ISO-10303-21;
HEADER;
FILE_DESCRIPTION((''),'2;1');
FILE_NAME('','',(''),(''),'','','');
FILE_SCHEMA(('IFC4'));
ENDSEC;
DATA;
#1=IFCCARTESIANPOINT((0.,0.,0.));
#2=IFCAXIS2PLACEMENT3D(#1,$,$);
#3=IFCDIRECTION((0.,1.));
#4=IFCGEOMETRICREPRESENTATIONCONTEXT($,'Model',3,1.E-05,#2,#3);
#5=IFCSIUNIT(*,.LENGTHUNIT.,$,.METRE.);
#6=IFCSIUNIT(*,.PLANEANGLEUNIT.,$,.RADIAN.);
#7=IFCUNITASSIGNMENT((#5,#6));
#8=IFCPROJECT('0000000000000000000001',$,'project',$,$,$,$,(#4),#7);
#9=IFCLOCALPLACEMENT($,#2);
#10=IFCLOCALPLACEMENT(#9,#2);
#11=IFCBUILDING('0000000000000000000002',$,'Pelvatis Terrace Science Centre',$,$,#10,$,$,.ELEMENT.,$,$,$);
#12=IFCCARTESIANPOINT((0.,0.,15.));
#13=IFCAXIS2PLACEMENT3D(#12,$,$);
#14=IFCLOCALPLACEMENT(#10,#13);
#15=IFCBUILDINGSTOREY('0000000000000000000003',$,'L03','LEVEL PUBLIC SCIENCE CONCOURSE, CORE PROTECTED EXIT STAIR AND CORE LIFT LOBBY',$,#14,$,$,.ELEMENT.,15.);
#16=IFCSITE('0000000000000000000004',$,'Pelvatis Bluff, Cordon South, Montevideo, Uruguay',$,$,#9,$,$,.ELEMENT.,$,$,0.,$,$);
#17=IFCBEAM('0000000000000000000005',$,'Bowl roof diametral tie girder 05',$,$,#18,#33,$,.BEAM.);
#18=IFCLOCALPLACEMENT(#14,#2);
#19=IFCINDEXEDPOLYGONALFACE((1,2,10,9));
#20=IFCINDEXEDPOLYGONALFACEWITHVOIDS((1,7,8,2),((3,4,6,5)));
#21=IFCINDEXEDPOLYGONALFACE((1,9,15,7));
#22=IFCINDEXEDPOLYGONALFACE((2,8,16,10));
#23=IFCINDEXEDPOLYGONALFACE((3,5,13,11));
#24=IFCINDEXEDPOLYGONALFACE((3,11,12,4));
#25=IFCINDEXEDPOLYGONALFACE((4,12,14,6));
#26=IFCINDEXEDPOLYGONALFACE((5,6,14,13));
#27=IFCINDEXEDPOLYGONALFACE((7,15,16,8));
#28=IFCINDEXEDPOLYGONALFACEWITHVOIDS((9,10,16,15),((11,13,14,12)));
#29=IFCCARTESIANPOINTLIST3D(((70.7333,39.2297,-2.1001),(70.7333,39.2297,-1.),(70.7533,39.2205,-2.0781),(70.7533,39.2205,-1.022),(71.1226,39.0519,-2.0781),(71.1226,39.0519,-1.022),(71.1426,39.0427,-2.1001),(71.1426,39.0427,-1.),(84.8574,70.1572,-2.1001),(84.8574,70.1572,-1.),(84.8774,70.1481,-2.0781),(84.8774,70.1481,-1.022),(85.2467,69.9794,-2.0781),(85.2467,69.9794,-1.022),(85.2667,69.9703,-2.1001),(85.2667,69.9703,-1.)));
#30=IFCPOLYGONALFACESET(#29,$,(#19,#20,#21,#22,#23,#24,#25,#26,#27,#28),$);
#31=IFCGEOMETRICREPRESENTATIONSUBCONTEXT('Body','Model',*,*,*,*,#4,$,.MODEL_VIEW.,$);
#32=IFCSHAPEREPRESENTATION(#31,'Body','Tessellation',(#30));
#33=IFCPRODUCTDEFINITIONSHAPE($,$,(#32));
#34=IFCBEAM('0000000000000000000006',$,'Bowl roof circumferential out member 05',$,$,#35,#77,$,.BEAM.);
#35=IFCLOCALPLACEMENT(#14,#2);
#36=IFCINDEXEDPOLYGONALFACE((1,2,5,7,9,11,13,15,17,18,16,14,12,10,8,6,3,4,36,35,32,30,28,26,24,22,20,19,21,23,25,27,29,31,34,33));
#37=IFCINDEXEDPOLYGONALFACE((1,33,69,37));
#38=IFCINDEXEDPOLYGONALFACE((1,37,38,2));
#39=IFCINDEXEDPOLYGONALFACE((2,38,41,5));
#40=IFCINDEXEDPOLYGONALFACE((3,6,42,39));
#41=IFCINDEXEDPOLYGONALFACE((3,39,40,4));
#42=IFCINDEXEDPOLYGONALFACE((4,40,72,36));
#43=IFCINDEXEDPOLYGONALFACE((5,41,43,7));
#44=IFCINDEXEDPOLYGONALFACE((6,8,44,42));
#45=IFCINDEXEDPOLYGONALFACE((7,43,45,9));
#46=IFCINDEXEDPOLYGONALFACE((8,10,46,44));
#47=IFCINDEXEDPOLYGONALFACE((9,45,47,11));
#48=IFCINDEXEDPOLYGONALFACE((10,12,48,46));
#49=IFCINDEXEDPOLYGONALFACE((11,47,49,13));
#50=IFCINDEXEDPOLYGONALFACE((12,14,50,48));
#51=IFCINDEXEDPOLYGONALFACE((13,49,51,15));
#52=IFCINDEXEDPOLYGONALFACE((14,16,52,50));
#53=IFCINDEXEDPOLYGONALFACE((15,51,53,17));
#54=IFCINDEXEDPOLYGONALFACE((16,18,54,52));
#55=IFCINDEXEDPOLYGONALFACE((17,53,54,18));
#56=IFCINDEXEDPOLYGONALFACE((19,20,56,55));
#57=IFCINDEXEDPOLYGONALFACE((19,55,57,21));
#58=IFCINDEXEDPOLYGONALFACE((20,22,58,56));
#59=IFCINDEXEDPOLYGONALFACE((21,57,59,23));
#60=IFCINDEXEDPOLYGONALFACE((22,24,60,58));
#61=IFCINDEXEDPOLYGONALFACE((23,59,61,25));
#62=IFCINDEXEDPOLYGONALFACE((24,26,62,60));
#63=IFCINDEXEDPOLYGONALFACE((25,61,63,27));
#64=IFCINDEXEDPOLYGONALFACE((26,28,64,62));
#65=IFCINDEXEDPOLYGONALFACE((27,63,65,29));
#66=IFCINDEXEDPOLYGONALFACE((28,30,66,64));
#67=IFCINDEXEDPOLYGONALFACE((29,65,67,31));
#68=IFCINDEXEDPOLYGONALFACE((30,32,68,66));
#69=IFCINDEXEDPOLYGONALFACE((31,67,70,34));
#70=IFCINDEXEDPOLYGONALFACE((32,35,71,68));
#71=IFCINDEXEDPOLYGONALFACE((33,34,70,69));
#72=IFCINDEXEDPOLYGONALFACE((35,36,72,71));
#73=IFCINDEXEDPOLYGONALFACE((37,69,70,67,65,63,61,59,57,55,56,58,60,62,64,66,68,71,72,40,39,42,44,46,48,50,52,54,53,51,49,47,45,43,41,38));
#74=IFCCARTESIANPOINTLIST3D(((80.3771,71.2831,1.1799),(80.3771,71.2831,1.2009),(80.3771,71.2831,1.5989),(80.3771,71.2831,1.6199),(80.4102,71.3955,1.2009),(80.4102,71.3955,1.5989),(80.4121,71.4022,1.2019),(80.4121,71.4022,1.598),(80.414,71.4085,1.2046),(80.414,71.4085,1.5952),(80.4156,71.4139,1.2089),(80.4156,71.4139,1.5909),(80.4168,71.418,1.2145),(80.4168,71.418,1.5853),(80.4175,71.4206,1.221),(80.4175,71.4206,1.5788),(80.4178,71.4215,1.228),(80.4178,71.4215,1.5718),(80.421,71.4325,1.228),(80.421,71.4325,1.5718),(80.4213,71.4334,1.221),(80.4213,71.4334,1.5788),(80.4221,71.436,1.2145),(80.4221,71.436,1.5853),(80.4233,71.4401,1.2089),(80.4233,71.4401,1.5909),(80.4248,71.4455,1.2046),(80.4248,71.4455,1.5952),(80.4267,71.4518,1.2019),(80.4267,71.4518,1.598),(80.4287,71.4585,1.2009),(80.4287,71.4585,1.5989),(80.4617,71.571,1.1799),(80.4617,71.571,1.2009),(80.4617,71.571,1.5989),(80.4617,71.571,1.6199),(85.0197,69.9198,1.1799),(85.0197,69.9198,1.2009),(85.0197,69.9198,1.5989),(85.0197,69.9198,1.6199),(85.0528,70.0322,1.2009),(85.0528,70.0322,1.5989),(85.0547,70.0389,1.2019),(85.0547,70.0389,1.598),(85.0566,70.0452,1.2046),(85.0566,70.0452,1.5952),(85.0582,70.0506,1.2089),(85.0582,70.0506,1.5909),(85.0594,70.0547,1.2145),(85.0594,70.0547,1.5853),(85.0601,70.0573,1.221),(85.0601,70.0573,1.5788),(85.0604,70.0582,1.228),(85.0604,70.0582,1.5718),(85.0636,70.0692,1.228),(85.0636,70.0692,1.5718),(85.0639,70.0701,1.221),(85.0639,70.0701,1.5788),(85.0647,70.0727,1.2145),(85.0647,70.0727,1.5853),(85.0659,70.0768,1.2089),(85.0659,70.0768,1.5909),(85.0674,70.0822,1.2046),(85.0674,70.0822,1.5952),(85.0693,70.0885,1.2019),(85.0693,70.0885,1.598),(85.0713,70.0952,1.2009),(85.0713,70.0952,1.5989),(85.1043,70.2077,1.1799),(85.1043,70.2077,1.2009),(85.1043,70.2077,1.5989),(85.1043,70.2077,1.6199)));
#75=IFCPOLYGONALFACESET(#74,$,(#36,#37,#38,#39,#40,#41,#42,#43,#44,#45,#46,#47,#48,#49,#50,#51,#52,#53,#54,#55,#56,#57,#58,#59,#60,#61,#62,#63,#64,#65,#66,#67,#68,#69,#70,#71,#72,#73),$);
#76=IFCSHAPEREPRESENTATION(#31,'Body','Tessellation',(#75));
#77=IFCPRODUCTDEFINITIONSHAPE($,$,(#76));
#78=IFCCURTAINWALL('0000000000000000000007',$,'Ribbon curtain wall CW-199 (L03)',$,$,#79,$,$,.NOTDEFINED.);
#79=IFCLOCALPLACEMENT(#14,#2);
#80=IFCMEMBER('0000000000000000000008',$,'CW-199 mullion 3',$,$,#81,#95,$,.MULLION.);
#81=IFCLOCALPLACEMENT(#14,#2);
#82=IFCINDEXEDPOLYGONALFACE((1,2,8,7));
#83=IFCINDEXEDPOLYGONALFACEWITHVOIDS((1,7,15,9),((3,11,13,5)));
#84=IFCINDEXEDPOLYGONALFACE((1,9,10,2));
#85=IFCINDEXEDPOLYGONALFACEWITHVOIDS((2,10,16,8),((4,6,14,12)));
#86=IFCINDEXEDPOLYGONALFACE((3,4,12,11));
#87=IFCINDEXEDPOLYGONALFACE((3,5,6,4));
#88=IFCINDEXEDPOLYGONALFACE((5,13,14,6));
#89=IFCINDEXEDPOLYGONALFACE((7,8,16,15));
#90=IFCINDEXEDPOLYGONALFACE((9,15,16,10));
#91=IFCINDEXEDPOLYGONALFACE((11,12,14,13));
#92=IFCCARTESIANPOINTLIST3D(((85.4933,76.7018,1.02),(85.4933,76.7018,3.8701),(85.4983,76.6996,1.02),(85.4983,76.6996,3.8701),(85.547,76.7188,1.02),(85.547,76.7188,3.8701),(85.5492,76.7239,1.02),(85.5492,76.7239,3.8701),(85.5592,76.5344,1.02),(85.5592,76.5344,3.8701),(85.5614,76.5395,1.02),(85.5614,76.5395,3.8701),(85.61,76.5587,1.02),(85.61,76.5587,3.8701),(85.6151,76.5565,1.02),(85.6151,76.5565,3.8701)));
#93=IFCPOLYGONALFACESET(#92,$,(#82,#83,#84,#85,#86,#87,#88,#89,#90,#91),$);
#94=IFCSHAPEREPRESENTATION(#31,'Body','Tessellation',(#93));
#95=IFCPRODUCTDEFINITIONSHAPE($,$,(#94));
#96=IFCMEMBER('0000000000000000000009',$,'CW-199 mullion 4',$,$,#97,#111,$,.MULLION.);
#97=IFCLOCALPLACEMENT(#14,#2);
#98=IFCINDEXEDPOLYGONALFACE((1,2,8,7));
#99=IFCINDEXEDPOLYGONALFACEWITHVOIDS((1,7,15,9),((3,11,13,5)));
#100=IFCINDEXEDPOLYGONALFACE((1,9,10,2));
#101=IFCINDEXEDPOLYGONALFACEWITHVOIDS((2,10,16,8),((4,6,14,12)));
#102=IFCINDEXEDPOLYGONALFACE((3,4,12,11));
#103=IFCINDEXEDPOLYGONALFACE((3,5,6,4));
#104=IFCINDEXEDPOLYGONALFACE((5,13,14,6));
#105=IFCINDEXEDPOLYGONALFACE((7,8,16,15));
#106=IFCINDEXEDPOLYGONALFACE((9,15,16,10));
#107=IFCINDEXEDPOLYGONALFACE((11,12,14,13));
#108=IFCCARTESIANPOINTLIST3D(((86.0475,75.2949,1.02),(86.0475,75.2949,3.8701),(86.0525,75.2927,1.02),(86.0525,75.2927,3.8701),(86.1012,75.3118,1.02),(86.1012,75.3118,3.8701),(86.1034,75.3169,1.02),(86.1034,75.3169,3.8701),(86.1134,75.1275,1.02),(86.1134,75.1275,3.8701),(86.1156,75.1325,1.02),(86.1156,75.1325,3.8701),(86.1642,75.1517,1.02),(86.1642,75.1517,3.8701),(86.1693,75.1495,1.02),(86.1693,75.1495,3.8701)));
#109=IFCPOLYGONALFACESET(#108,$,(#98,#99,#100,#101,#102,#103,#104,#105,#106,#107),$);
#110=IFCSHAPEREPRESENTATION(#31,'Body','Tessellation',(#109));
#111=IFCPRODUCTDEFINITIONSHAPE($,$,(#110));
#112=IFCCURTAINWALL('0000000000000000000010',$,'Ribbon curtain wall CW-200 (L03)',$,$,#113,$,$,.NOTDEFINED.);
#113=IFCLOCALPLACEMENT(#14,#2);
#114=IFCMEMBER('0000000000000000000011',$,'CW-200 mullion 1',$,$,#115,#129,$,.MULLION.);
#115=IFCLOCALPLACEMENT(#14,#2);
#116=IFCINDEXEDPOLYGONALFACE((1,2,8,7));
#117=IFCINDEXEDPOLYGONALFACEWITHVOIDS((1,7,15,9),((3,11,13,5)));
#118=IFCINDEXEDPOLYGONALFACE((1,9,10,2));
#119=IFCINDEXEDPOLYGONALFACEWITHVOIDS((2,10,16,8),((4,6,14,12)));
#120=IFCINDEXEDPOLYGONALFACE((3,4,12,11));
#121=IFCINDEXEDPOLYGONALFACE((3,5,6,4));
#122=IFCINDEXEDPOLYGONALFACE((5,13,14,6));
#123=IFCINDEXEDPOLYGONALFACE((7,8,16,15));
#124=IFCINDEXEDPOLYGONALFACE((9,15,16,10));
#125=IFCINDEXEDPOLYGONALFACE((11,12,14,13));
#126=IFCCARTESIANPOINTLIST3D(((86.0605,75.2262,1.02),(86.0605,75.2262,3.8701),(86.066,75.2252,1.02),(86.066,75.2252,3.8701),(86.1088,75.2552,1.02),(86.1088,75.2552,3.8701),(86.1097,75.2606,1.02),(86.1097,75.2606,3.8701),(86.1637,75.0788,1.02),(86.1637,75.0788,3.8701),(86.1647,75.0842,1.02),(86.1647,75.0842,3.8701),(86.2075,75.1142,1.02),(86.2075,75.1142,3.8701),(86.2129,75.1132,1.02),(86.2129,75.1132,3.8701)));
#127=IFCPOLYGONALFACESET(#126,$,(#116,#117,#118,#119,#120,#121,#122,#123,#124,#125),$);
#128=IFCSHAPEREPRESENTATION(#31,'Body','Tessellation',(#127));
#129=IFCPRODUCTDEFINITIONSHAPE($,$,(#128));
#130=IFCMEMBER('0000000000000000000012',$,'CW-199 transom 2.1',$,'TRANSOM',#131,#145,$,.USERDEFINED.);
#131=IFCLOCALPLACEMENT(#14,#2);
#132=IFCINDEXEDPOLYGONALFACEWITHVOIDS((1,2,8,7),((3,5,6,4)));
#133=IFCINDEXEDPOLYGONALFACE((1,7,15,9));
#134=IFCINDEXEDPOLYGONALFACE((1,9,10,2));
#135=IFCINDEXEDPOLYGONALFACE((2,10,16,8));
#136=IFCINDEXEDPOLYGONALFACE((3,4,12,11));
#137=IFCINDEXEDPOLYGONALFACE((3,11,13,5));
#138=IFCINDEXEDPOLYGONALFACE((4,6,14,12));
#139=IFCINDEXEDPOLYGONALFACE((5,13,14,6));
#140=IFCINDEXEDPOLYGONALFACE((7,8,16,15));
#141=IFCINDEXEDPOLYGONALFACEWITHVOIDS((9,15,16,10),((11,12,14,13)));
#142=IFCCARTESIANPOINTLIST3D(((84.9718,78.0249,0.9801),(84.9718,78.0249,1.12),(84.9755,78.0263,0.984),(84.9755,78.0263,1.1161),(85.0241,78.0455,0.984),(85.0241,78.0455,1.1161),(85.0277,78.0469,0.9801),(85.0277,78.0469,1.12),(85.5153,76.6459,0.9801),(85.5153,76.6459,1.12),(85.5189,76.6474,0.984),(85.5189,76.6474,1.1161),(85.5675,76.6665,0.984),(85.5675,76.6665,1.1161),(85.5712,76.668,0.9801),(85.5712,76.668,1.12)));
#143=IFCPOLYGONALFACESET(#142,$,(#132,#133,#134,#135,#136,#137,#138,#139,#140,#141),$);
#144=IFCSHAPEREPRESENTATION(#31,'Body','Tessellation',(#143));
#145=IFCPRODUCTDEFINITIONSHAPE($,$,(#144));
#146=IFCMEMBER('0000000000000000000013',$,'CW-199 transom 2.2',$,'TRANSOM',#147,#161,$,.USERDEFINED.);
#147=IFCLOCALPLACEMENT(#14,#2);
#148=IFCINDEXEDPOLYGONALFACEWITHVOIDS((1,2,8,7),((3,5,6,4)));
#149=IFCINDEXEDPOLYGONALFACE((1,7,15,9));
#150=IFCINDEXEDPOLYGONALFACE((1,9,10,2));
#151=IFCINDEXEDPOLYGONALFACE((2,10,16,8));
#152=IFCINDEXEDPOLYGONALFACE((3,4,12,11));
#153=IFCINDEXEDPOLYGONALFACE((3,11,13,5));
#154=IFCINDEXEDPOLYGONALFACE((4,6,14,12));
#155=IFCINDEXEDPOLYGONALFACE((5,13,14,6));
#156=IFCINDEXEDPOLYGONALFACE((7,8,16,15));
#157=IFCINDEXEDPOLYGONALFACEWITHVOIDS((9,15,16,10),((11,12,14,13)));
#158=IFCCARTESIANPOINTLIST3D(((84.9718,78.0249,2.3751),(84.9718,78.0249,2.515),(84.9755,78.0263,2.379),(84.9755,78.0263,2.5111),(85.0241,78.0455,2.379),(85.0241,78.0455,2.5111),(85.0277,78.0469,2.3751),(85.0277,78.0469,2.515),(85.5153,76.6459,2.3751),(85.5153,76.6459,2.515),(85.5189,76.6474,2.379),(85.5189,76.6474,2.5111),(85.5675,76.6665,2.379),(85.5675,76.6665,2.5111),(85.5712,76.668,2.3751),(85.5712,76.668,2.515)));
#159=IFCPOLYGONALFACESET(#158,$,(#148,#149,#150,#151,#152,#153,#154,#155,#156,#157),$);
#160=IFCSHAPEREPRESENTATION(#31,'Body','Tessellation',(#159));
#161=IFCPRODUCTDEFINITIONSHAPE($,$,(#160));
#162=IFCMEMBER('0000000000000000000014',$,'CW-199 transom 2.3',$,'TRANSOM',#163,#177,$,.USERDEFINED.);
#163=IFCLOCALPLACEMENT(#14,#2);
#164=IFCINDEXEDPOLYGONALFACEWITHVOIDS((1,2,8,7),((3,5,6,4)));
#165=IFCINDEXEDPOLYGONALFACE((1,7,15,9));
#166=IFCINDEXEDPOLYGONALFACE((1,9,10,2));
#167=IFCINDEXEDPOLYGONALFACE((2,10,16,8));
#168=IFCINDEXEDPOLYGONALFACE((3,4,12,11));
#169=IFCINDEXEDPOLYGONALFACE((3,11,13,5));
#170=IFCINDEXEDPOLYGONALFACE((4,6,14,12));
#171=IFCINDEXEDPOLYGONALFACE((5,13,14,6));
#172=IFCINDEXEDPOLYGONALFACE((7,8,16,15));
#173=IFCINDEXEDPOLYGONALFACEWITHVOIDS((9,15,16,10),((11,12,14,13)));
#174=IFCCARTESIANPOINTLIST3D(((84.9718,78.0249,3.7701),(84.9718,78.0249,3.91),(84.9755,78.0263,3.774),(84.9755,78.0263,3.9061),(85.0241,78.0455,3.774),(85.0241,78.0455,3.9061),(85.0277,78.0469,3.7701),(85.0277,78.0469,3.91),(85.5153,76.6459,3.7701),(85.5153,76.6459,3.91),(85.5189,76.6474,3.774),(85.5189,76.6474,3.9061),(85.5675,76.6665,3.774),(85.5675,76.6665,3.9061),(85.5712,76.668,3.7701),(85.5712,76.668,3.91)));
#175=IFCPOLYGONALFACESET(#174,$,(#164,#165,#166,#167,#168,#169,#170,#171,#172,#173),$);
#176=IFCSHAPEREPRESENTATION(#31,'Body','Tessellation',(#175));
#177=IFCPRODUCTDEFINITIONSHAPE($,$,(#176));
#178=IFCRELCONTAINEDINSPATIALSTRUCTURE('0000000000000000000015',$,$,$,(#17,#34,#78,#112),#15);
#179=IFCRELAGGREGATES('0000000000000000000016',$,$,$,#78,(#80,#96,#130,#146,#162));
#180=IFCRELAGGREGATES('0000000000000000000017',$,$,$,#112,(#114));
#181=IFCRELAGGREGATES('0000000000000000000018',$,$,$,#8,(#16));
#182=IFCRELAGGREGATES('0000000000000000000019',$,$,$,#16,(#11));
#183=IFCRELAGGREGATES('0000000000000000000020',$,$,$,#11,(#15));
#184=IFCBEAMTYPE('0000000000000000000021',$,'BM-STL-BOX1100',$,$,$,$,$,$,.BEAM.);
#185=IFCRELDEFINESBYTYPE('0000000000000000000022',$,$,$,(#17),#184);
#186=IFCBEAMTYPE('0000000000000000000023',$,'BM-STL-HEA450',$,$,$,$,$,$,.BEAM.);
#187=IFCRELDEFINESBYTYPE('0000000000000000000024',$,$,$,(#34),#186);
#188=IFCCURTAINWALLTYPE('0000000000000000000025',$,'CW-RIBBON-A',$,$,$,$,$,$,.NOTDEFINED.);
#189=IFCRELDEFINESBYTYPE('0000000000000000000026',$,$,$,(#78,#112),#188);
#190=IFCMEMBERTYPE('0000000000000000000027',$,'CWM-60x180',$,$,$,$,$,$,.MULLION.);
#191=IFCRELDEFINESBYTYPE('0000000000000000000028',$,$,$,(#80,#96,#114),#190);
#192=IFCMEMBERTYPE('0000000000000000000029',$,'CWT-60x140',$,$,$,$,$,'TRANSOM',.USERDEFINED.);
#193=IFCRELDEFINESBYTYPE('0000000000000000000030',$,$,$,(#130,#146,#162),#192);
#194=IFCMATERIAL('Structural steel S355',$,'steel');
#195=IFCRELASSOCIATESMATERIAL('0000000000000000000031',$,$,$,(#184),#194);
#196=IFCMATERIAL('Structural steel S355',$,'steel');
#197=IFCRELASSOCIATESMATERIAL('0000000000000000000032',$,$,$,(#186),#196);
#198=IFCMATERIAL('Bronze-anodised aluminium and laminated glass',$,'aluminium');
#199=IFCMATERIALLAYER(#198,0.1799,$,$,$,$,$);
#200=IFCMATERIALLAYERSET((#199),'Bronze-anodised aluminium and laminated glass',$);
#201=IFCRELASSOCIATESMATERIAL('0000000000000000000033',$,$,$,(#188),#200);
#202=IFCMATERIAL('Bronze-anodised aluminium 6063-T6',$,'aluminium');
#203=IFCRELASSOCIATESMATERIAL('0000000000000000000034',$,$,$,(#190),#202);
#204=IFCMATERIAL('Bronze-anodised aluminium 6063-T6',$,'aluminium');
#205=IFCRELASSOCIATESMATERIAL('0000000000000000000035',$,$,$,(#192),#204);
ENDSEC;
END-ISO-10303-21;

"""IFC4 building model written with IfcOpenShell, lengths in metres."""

from ifc_helpers import new_model, si_unit, direction, frame, origin, origin_2d, place, context, subcontext, project, spatial, hollow_rectangle, i_section, extrude, material, layer, layer_set, material_profile, profile_set, type_object, element, aggregate, save


model = new_model("IFC4")

# Units and contexts
model_context = context("Model", 3, precision=1e-05, world=origin(), true_north=direction((0.0, 1.0)))
body_context = subcontext(model_context, "Body", "Model", "MODEL_VIEW")
ifc_project = project(units=[si_unit("LENGTHUNIT", "METRE"), si_unit("PLANEANGLEUNIT", "RADIAN")], contexts=[model_context])

# Site, building, storey
site_placement = place(None, origin())
site = spatial("IfcSite", under=ifc_project, at=site_placement, Name="Pelvatis Bluff, Cordon South, Montevideo, Uruguay", CompositionType="ELEMENT", RefElevation=0.0)
building_placement = place(site_placement, origin())
building = spatial("IfcBuilding", under=site, at=building_placement, Name="Pelvatis Terrace Science Centre", CompositionType="ELEMENT")
storey_placement = place(building_placement, frame((0.0, 0.0, 15.0)))
storey = spatial("IfcBuildingStorey", under=building, at=storey_placement, Name="L03", Description="LEVEL PUBLIC SCIENCE CONCOURSE, CORE PROTECTED EXIT STAIR AND CORE LIFT LOBBY", CompositionType="ELEMENT", Elevation=15.0)

# Beams
ifc_material_1 = material(Name="Structural steel S355", Category="steel")
ifc_material_profile_1 = material_profile(ifc_material_1, hollow_rectangle(XDim=0.45, YDim=1.1001, WallThickness=0.022, at=origin_2d()), Name="RHS 1100x450x22.0")
ifc_profile_set_1 = profile_set([ifc_material_profile_1], Name="Structural steel S355")
beam_type_1 = type_object("IfcBeamType", Name="BM-STL-BOX1100", PredefinedType="BEAM", material=ifc_profile_set_1)
beam_1_placement = place(storey_placement, frame((85.062, 70.0637, -1.55), z_axis=(-0.415413, -0.909633, 0.0), x_axis=(0.909633, -0.415413, 0.0)))
element("IfcBeam", 1, at=beam_1_placement, inside=storey, type_object=beam_type_1, Name="Bowl roof diametral tie girder 05", PredefinedType="BEAM", context=body_context, shape_type="SweptSolid", body=[
    extrude(hollow_rectangle(XDim=0.45, YDim=1.1001, WallThickness=0.022, at=origin_2d()), origin(), (0.0, 0.0, 1.0), 34.0),
])
ifc_material_2 = material(Name="Structural steel S355", Category="steel")
ifc_material_profile_2 = material_profile(ifc_material_2, i_section(OverallWidth=0.3, OverallDepth=0.4399, WebThickness=0.0115, FlangeThickness=0.021, FilletRadius=0.0271, at=origin_2d()), Name="HEA 450")
ifc_profile_set_2 = profile_set([ifc_material_profile_2], Name="Structural steel S355")
beam_type_2 = type_object("IfcBeamType", Name="BM-STL-HEA450", PredefinedType="BEAM", material=ifc_profile_set_2)
beam_2_placement = place(storey_placement, frame((85.062, 70.0637, 1.3999), z_axis=(-0.959488, 0.281751, 0.0), x_axis=(-0.281751, -0.959488, 0.0)))
element("IfcBeam", 2, at=beam_2_placement, inside=storey, type_object=beam_type_2, Name="Bowl roof circumferential out member 05", PredefinedType="BEAM", context=body_context, shape_type="SweptSolid", body=[
    extrude(i_section(OverallWidth=0.3, OverallDepth=0.4399, WebThickness=0.0115, FlangeThickness=0.021, FilletRadius=0.0271, at=origin_2d()), origin(), (0.0, 0.0, 1.0), 4.8386),
])

# Curtain wall, members
ifc_material_3 = material(Name="Bronze-anodised aluminium and laminated glass", Category="aluminium")
ifc_layer_1 = layer(ifc_material_3, 0.1799)
ifc_layer_set_1 = layer_set([ifc_layer_1], Name="Bronze-anodised aluminium and laminated glass")
curtain_wall_type = type_object("IfcCurtainWallType", Name="CW-RIBBON-A", PredefinedType="NOTDEFINED", material=ifc_layer_set_1)
curtain_wall_1_placement = place(storey_placement, origin())
curtain_wall_1 = element("IfcCurtainWall", 3, at=curtain_wall_1_placement, inside=storey, type_object=curtain_wall_type, Name="Ribbon curtain wall CW-199 (L03)", PredefinedType="NOTDEFINED")
ifc_material_4 = material(Name="Bronze-anodised aluminium 6063-T6", Category="aluminium")
ifc_material_profile_3 = material_profile(ifc_material_4, hollow_rectangle(XDim=0.0601, YDim=0.1799, WallThickness=0.0039, at=origin_2d()), Name="ALU-MUL 60x180")
ifc_profile_set_3 = profile_set([ifc_material_profile_3], Name="Bronze-anodised aluminium 6063-T6")
member_type_1 = type_object("IfcMemberType", Name="CWM-60x180", PredefinedType="MULLION", material=ifc_profile_set_3)
member_1_placement = place(storey_placement, frame((85.5542, 76.6292, 1.02), z_axis=(0.0, 0.0, 1.0), x_axis=(0.930402, 0.366541, 0.0)))
member_1 = element("IfcMember", 4, at=member_1_placement, type_object=member_type_1, Name="CW-199 mullion 3", PredefinedType="MULLION", context=body_context, shape_type="SweptSolid", body=[
    extrude(hollow_rectangle(XDim=0.0601, YDim=0.1799, WallThickness=0.0039, at=origin_2d()), origin(), (0.0, 0.0, 1.0), 2.8501),
])
member_2_placement = place(storey_placement, frame((86.1084, 75.2222, 1.02), z_axis=(0.0, 0.0, 1.0), x_axis=(0.930402, 0.366541, 0.0)))
member_2 = element("IfcMember", 5, at=member_2_placement, type_object=member_type_1, Name="CW-199 mullion 4", PredefinedType="MULLION", context=body_context, shape_type="SweptSolid", body=[
    extrude(hollow_rectangle(XDim=0.0601, YDim=0.1799, WallThickness=0.0039, at=origin_2d()), origin(), (0.0, 0.0, 1.0), 2.8501),
])

# Curtain wall, member
curtain_wall_2_placement = place(storey_placement, origin())
curtain_wall_2 = element("IfcCurtainWall", 6, at=curtain_wall_2_placement, inside=storey, type_object=curtain_wall_type, Name="Ribbon curtain wall CW-200 (L03)", PredefinedType="NOTDEFINED")
member_3_placement = place(storey_placement, frame((86.1367, 75.1697, 1.02), z_axis=(0.0, 0.0, 1.0), x_axis=(0.819228, 0.573468, 0.0)))
member_3 = element("IfcMember", 7, at=member_3_placement, type_object=member_type_1, Name="CW-200 mullion 1", PredefinedType="MULLION", context=body_context, shape_type="SweptSolid", body=[
    extrude(hollow_rectangle(XDim=0.0601, YDim=0.1799, WallThickness=0.0039, at=origin_2d()), origin(), (0.0, 0.0, 1.0), 2.8501),
])

# Members
ifc_material_5 = material(Name="Bronze-anodised aluminium 6063-T6", Category="aluminium")
ifc_material_profile_4 = material_profile(ifc_material_5, hollow_rectangle(XDim=0.0601, YDim=0.1399, WallThickness=0.0039, at=origin_2d()), Name="ALU-TRN 60x140")
ifc_profile_set_4 = profile_set([ifc_material_profile_4], Name="Bronze-anodised aluminium 6063-T6")
member_type_2 = type_object("IfcMemberType", Name="CWT-60x140", ElementType="TRANSOM", PredefinedType="USERDEFINED", material=ifc_profile_set_4)
member_4_placement = place(storey_placement, frame((84.9998, 78.0359, 1.05), z_axis=(0.366671, -0.930351, 0.0), x_axis=(0.930351, 0.366671, 0.0)))
member_4 = element("IfcMember", 8, at=member_4_placement, type_object=member_type_2, Name="CW-199 transom 2.1", ObjectType="TRANSOM", PredefinedType="USERDEFINED", context=body_context, shape_type="SweptSolid", body=[
    extrude(hollow_rectangle(XDim=0.0601, YDim=0.1399, WallThickness=0.0039, at=origin_2d()), origin(), (0.0, 0.0, 1.0), 1.4822),
])
member_5_placement = place(storey_placement, frame((84.9998, 78.0359, 2.4451), z_axis=(0.366671, -0.930351, 0.0), x_axis=(0.930351, 0.366671, 0.0)))
member_5 = element("IfcMember", 9, at=member_5_placement, type_object=member_type_2, Name="CW-199 transom 2.2", ObjectType="TRANSOM", PredefinedType="USERDEFINED", context=body_context, shape_type="SweptSolid", body=[
    extrude(hollow_rectangle(XDim=0.0601, YDim=0.1399, WallThickness=0.0039, at=origin_2d()), origin(), (0.0, 0.0, 1.0), 1.4822),
])
member_6_placement = place(storey_placement, frame((84.9998, 78.0359, 3.8401), z_axis=(0.366671, -0.930351, 0.0), x_axis=(0.930351, 0.366671, 0.0)))
member_6 = element("IfcMember", 10, at=member_6_placement, type_object=member_type_2, Name="CW-199 transom 2.3", ObjectType="TRANSOM", PredefinedType="USERDEFINED", context=body_context, shape_type="SweptSolid", body=[
    extrude(hollow_rectangle(XDim=0.0601, YDim=0.1399, WallThickness=0.0039, at=origin_2d()), origin(), (0.0, 0.0, 1.0), 1.4822),
])

aggregate(curtain_wall_1, [member_1, member_2, member_4, member_5, member_6])
aggregate(curtain_wall_2, [member_3])

save(model, "model.ifc")
